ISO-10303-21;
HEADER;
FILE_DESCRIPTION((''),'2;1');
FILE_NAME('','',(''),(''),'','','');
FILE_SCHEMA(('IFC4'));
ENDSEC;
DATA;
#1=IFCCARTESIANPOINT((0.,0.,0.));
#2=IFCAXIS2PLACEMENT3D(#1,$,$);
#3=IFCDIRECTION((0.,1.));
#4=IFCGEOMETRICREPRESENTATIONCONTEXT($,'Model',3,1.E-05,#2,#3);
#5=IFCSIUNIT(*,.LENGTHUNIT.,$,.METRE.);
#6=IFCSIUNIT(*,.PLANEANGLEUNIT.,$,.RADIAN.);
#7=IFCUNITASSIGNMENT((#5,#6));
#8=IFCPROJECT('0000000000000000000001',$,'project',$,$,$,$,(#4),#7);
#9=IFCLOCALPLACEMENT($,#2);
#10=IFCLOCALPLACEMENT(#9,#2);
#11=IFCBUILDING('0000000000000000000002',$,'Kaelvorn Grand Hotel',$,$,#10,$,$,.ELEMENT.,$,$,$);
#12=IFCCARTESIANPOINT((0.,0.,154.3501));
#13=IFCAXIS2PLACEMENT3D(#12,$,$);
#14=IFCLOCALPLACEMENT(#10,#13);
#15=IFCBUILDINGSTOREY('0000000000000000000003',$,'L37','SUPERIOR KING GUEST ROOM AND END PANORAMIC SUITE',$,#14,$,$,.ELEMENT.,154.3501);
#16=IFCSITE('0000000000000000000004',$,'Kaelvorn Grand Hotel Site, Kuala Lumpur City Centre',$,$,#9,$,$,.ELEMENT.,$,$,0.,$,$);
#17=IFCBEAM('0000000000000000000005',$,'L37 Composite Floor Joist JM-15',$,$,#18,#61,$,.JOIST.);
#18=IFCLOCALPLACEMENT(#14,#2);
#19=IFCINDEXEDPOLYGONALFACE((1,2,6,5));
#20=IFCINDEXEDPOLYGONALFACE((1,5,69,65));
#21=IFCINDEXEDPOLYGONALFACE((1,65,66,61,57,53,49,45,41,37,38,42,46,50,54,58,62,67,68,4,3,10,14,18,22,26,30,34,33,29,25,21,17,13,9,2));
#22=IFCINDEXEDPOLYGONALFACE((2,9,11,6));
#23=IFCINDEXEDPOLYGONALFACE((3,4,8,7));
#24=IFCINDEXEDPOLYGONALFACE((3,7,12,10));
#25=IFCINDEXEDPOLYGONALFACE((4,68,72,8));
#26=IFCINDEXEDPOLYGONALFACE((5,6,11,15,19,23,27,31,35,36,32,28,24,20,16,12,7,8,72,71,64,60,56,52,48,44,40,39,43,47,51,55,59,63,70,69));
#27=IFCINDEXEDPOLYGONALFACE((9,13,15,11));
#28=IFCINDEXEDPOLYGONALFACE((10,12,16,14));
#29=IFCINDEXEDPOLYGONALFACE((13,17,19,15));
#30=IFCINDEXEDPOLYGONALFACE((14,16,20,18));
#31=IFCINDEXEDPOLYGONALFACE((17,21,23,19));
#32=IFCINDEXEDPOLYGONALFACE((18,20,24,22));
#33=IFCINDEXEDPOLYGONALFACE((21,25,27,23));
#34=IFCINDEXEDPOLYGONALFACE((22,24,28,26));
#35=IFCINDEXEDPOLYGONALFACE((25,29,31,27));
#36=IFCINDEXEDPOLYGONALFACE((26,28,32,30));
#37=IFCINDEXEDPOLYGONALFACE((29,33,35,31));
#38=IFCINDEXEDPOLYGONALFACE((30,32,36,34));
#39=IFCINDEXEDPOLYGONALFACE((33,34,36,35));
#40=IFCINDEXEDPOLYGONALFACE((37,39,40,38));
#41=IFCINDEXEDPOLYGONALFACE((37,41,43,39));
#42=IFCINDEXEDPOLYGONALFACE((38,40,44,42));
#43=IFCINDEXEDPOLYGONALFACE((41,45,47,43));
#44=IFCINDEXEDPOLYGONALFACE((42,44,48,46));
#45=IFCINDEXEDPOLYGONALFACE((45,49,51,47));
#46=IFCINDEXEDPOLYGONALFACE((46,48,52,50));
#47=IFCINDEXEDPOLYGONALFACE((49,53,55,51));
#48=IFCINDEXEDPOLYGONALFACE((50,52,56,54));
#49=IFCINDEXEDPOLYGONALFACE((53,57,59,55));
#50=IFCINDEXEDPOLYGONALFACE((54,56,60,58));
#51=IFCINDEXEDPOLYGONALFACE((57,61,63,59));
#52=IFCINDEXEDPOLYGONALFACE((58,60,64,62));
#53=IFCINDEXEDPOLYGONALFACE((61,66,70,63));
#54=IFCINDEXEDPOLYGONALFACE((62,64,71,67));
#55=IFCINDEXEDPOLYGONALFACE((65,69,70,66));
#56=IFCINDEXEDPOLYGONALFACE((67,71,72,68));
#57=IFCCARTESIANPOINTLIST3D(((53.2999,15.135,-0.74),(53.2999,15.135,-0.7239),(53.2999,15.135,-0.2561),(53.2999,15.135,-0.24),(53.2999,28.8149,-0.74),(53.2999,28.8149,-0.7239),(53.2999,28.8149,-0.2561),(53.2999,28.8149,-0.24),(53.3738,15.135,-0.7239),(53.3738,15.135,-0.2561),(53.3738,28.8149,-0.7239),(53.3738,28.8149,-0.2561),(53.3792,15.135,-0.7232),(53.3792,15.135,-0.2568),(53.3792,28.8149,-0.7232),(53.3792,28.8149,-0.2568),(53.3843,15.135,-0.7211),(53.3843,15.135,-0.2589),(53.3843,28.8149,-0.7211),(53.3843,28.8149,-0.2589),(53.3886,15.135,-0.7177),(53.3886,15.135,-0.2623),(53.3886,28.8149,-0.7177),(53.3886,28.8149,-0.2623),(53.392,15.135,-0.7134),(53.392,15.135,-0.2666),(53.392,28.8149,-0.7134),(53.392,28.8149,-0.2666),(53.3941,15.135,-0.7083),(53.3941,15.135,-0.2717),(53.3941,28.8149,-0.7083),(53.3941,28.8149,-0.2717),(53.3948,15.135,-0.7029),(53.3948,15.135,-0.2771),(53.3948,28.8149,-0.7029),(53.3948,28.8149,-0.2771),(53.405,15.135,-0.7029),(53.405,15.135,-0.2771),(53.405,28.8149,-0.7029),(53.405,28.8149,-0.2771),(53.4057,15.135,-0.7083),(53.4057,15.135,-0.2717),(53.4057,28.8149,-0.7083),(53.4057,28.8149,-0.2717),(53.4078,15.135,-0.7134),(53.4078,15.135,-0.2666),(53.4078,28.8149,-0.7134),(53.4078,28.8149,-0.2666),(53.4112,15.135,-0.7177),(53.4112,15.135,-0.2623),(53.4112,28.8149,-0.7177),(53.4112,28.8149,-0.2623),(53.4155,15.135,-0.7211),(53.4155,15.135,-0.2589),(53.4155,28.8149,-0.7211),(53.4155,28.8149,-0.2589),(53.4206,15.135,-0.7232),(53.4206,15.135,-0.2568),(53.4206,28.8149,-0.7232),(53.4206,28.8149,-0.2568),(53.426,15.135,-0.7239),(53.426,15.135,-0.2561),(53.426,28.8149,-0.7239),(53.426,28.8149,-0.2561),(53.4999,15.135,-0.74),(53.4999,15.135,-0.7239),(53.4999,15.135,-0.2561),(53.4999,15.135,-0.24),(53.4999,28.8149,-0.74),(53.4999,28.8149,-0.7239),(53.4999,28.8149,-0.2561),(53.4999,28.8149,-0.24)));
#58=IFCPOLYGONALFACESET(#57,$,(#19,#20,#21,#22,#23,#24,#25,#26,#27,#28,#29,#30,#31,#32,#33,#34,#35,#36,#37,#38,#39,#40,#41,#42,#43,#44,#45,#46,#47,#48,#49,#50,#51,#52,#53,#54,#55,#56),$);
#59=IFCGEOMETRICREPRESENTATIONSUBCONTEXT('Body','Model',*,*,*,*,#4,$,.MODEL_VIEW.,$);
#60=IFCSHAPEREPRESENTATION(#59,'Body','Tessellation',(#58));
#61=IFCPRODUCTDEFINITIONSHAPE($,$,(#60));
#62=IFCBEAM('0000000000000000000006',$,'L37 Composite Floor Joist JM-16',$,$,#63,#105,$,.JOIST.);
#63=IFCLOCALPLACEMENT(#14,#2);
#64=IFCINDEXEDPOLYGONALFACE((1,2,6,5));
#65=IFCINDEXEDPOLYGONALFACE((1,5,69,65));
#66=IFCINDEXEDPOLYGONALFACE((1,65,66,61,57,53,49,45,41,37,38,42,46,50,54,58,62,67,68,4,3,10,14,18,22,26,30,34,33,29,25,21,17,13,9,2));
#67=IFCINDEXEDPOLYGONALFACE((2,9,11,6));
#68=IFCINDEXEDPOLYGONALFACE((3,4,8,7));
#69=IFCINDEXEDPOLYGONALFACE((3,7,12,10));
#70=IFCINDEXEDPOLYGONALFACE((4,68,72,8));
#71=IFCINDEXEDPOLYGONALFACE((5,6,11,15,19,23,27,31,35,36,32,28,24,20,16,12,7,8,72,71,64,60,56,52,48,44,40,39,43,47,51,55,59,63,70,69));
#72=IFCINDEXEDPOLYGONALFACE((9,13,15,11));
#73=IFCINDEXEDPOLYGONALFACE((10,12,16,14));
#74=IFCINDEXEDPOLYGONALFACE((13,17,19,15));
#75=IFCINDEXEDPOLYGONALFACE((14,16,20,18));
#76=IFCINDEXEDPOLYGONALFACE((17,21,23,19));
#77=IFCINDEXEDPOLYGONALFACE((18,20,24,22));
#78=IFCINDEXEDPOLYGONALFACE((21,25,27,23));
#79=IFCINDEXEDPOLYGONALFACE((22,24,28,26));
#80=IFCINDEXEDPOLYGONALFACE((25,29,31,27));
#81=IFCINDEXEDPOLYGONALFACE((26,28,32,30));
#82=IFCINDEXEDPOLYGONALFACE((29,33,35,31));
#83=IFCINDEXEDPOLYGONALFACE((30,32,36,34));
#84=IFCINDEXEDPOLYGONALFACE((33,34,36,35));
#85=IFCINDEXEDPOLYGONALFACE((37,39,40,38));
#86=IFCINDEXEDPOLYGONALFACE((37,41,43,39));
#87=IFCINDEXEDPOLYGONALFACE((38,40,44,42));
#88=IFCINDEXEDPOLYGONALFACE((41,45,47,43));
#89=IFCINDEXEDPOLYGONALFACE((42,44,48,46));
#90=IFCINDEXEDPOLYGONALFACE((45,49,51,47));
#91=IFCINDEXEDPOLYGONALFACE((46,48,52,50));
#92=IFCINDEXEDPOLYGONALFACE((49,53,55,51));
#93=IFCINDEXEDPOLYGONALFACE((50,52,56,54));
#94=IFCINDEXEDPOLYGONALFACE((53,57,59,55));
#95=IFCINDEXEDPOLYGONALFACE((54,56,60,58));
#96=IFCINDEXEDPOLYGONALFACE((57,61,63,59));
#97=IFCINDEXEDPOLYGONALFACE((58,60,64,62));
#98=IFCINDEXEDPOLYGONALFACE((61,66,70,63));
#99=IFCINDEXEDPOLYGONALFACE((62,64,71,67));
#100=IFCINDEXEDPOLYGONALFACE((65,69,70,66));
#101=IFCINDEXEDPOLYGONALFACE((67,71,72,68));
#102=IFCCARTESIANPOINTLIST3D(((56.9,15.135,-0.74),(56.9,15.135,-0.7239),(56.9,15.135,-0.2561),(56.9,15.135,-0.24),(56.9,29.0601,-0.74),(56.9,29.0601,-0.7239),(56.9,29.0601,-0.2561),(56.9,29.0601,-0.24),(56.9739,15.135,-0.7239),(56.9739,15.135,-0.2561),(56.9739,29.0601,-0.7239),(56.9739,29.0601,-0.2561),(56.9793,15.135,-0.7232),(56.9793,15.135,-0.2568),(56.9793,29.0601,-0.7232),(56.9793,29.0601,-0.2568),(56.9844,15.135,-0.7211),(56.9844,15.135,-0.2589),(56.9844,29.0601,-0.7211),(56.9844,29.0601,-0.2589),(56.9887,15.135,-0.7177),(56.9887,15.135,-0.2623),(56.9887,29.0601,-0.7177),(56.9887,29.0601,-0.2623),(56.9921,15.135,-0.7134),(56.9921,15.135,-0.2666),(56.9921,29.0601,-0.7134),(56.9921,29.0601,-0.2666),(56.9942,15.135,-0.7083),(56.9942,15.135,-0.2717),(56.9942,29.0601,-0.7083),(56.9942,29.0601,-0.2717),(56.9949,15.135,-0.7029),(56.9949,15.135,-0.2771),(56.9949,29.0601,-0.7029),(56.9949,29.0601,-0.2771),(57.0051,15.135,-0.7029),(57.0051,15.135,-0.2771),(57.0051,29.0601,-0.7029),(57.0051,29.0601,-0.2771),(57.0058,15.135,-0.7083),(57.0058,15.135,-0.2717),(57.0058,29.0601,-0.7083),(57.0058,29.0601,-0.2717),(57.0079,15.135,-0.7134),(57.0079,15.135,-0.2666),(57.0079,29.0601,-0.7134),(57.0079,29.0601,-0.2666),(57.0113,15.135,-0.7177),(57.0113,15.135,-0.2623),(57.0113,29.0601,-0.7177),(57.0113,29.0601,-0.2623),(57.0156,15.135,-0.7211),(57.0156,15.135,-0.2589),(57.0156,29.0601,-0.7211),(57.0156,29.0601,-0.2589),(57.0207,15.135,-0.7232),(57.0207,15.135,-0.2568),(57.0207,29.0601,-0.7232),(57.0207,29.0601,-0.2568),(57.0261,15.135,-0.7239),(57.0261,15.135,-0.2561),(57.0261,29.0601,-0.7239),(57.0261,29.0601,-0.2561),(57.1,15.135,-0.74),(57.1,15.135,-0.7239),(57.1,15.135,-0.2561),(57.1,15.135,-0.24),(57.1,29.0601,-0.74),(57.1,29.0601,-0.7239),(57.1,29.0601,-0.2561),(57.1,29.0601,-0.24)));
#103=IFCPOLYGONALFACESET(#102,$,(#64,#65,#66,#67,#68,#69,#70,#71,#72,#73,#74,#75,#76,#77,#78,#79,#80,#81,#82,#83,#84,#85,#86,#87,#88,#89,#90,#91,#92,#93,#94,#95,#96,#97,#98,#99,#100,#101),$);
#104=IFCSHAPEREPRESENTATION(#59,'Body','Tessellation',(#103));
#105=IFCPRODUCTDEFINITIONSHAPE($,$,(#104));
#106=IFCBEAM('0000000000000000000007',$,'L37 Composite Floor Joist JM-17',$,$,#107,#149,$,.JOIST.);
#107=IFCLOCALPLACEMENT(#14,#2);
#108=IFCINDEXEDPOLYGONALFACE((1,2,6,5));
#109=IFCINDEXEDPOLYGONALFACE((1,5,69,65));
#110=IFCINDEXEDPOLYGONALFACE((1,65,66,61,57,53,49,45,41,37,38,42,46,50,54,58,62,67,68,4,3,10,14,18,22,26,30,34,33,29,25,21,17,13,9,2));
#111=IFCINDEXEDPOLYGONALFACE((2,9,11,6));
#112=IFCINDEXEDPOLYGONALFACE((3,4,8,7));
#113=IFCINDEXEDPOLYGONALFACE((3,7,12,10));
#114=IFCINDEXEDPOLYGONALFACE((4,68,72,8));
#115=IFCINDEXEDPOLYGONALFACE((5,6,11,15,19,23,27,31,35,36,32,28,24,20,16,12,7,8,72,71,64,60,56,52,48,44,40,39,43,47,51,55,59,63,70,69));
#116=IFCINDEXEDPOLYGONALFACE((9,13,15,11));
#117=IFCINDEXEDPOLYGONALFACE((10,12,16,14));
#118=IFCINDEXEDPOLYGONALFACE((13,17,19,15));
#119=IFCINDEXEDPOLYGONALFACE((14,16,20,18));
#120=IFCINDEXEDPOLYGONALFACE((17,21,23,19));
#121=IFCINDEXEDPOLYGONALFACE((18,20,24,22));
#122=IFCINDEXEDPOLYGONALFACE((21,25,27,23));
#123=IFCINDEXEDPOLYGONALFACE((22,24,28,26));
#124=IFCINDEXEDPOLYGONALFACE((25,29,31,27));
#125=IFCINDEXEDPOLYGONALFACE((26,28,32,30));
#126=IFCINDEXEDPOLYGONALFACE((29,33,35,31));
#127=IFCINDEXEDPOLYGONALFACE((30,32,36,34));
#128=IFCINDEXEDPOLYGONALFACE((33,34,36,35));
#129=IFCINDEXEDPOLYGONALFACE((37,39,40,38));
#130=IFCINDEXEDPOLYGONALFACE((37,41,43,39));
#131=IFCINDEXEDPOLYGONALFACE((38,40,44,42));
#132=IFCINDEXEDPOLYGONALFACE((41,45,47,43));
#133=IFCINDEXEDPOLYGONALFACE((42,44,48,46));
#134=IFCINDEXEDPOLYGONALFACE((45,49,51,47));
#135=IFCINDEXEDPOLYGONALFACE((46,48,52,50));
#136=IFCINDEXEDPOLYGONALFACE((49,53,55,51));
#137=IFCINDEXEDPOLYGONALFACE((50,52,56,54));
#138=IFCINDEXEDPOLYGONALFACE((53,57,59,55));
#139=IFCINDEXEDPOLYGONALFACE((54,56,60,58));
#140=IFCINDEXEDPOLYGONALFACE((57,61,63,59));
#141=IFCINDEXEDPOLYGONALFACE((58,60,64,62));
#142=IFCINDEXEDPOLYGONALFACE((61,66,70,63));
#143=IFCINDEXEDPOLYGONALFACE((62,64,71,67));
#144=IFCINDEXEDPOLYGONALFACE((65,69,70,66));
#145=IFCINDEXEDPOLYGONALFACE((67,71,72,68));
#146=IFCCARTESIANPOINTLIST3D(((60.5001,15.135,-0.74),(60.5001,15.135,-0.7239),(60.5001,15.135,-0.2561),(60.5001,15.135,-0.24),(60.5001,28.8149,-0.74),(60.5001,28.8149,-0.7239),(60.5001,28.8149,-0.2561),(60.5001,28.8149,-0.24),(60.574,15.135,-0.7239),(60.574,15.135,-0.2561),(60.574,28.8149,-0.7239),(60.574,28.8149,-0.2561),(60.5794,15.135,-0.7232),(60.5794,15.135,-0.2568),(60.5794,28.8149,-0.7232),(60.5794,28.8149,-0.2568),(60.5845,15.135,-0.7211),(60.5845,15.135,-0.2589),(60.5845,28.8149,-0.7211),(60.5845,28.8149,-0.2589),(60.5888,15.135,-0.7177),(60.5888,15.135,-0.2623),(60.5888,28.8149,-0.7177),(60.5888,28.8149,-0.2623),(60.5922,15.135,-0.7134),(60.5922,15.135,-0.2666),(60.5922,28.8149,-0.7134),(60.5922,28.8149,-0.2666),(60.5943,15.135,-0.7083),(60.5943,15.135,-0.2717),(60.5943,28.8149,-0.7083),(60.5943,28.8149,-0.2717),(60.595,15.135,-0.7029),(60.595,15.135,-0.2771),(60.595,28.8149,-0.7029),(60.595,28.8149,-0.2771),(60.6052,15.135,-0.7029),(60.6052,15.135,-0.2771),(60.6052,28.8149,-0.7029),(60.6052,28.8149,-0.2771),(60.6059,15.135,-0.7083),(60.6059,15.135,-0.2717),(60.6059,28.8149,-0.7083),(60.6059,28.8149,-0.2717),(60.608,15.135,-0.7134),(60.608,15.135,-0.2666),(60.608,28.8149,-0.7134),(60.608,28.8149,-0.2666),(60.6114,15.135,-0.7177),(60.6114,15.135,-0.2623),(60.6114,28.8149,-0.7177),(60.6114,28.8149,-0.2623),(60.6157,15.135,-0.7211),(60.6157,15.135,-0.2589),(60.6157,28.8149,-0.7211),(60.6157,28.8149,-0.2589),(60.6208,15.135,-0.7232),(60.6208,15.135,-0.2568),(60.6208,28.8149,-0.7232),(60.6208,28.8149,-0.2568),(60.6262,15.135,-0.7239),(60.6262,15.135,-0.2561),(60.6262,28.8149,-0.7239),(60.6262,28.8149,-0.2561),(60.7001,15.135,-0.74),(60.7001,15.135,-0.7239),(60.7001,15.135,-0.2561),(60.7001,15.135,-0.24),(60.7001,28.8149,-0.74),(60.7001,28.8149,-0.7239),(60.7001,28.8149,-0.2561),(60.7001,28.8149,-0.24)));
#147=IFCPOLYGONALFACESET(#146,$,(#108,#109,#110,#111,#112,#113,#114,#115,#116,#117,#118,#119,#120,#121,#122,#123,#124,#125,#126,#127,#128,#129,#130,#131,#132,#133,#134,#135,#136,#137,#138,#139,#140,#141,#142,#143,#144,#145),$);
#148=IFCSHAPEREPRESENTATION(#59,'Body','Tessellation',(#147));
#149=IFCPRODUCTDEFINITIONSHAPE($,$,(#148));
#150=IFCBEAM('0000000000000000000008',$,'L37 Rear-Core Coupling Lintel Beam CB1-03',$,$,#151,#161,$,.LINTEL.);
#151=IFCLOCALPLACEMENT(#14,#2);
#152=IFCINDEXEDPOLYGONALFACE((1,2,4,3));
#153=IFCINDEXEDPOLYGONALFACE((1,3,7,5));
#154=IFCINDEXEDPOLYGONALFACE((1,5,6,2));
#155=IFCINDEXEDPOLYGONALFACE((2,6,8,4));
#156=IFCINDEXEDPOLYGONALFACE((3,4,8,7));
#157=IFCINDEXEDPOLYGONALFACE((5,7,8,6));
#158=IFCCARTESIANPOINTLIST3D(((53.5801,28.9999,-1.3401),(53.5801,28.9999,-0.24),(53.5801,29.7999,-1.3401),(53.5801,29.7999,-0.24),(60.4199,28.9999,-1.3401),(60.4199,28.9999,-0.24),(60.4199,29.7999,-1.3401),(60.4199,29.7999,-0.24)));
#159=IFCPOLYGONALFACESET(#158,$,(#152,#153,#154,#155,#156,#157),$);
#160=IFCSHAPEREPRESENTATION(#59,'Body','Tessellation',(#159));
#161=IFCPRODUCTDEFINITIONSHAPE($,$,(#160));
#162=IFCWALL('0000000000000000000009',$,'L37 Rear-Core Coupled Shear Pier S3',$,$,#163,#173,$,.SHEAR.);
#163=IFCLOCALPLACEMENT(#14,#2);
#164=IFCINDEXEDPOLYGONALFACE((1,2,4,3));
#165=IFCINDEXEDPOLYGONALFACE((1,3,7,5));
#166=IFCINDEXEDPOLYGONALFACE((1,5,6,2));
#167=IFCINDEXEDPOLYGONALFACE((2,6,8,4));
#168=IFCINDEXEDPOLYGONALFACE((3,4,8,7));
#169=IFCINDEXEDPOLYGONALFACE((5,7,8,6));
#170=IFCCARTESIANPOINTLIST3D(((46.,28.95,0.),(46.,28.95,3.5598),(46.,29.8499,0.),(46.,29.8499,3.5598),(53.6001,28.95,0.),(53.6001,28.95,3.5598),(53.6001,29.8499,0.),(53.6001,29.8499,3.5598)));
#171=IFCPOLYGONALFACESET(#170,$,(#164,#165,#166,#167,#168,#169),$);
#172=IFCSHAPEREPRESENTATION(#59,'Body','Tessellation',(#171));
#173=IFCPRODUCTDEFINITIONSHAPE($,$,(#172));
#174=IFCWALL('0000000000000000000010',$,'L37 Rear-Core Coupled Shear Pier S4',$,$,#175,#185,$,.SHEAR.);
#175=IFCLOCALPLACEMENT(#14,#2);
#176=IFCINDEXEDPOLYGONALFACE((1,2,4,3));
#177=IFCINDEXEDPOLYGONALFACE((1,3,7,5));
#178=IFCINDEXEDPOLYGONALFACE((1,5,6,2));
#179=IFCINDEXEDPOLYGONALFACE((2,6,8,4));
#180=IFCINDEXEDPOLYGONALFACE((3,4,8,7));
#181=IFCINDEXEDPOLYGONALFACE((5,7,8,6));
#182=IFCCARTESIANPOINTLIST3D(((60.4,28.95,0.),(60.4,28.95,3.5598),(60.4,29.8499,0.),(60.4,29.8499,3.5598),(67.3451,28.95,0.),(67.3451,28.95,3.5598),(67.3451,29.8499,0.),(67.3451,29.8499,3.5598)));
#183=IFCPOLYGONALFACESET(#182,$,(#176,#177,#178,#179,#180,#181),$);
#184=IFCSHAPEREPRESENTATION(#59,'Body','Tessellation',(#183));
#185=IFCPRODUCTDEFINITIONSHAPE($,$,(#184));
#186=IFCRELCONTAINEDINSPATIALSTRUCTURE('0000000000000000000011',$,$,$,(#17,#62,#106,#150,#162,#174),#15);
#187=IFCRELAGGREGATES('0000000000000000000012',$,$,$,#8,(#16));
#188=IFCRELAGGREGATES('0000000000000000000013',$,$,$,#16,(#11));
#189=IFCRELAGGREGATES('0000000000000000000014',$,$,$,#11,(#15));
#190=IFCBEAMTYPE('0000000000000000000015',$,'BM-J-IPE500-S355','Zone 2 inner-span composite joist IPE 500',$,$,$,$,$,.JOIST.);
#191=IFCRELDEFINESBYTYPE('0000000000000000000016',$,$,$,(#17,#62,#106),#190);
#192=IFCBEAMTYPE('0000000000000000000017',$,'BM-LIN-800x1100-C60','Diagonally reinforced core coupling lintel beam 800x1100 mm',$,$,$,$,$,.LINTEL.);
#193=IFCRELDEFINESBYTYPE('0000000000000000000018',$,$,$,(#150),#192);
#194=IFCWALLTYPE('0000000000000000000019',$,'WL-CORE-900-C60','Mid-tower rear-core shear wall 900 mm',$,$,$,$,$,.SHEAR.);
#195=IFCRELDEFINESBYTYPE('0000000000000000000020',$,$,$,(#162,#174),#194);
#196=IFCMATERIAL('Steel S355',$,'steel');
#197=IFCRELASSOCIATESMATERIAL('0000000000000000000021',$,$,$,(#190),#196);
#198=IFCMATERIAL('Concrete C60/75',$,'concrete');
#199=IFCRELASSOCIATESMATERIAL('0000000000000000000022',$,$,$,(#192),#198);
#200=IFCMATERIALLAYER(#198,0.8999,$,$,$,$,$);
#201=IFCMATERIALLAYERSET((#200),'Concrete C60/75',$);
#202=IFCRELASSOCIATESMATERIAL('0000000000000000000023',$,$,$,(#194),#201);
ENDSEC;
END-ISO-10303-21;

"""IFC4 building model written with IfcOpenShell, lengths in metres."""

from ifc_helpers import new_model, si_unit, direction, frame, frame_2d, origin, origin_2d, place, context, subcontext, project, spatial, rectangle, i_section, extrude, material, layer, layer_set, material_profile, profile_set, type_object, element, save


model = new_model("IFC4")

# Units and contexts
model_context = context("Model", 3, precision=1e-05, world=origin(), true_north=direction((0.0, 1.0)))
body_context = subcontext(model_context, "Body", "Model", "MODEL_VIEW")
ifc_project = project(units=[si_unit("LENGTHUNIT", "METRE"), si_unit("PLANEANGLEUNIT", "RADIAN")], contexts=[model_context])

# Site, building, storey
site_placement = place(None, origin())
site = spatial("IfcSite", under=ifc_project, at=site_placement, Name="Kaelvorn Grand Hotel Site, Kuala Lumpur City Centre", CompositionType="ELEMENT", RefElevation=0.0)
building_placement = place(site_placement, origin())
building = spatial("IfcBuilding", under=site, at=building_placement, Name="Kaelvorn Grand Hotel", CompositionType="ELEMENT")
storey_placement = place(building_placement, frame((0.0, 0.0, 154.3501)))
storey = spatial("IfcBuildingStorey", under=building, at=storey_placement, Name="L37", Description="SUPERIOR KING GUEST ROOM AND END PANORAMIC SUITE", CompositionType="ELEMENT", Elevation=154.3501)

# Shared definitions
ifc_material_1 = material(Name="Concrete C60/75", Category="concrete")

# Beams
ifc_material_2 = material(Name="Steel S355", Category="steel")
ifc_material_profile_1 = material_profile(ifc_material_2, i_section(OverallWidth=0.2, OverallDepth=0.5, WebThickness=0.0103, FlangeThickness=0.0161, FilletRadius=0.021, at=origin_2d()), Name="IPE 500")
ifc_profile_set_1 = profile_set([ifc_material_profile_1], Name="Steel S355")
beam_type_1 = type_object("IfcBeamType", Name="BM-J-IPE500-S355", Description="Zone 2 inner-span composite joist IPE 500", PredefinedType="JOIST", material=ifc_profile_set_1)
beam_1_placement = place(storey_placement, frame((53.3999, 15.135, -0.49), z_axis=(0.0, 1.0, 0.0), x_axis=(-1.0, 0.0, 0.0)))
element("IfcBeam", 1, at=beam_1_placement, inside=storey, type_object=beam_type_1, Name="L37 Composite Floor Joist JM-15", PredefinedType="JOIST", context=body_context, shape_type="SweptSolid", body=[
    extrude(i_section(OverallWidth=0.2, OverallDepth=0.5, WebThickness=0.0103, FlangeThickness=0.0161, FilletRadius=0.021, at=origin_2d()), origin(), (0.0, 0.0, 1.0), 13.6799),
])
beam_2_placement = place(storey_placement, frame((57.0, 15.135, -0.49), z_axis=(0.0, 1.0, 0.0), x_axis=(-1.0, 0.0, 0.0)))
element("IfcBeam", 2, at=beam_2_placement, inside=storey, type_object=beam_type_1, Name="L37 Composite Floor Joist JM-16", PredefinedType="JOIST", context=body_context, shape_type="SweptSolid", body=[
    extrude(i_section(OverallWidth=0.2, OverallDepth=0.5, WebThickness=0.0103, FlangeThickness=0.0161, FilletRadius=0.021, at=origin_2d()), origin(), (0.0, 0.0, 1.0), 13.925),
])
beam_3_placement = place(storey_placement, frame((60.6001, 15.135, -0.49), z_axis=(0.0, 1.0, 0.0), x_axis=(-1.0, 0.0, 0.0)))
element("IfcBeam", 3, at=beam_3_placement, inside=storey, type_object=beam_type_1, Name="L37 Composite Floor Joist JM-17", PredefinedType="JOIST", context=body_context, shape_type="SweptSolid", body=[
    extrude(i_section(OverallWidth=0.2, OverallDepth=0.5, WebThickness=0.0103, FlangeThickness=0.0161, FilletRadius=0.021, at=origin_2d()), origin(), (0.0, 0.0, 1.0), 13.6799),
])
ifc_material_profile_2 = material_profile(ifc_material_1, rectangle(XDim=0.8, YDim=1.1001, at=origin_2d()), Name="RC LINTEL 800x1100")
ifc_profile_set_2 = profile_set([ifc_material_profile_2], Name="Concrete C60/75")
beam_type_2 = type_object("IfcBeamType", Name="BM-LIN-800x1100-C60", Description="Diagonally reinforced core coupling lintel beam 800x1100 mm", PredefinedType="LINTEL", material=ifc_profile_set_2)
beam_4_placement = place(storey_placement, frame((53.5801, 29.3999, -0.79), z_axis=(1.0, 0.0, 0.0), x_axis=(0.0, 1.0, 0.0)))
element("IfcBeam", 4, at=beam_4_placement, inside=storey, type_object=beam_type_2, Name="L37 Rear-Core Coupling Lintel Beam CB1-03", PredefinedType="LINTEL", context=body_context, shape_type="SweptSolid", body=[
    extrude(rectangle(XDim=0.8, YDim=1.1001, at=origin_2d()), origin(), (0.0, 0.0, 1.0), 6.8398),
])

# Walls
ifc_layer_1 = layer(ifc_material_1, 0.8999)
ifc_layer_set_1 = layer_set([ifc_layer_1], Name="Concrete C60/75")
wall_type_1 = type_object("IfcWallType", Name="WL-CORE-900-C60", Description="Mid-tower rear-core shear wall 900 mm", PredefinedType="SHEAR", material=ifc_layer_set_1)
wall_1_placement = place(storey_placement, frame((46.0, 29.3999, 0.0), z_axis=(0.0, 0.0, 1.0), x_axis=(1.0, 0.0, 0.0)))
element("IfcWall", 5, at=wall_1_placement, inside=storey, type_object=wall_type_1, Name="L37 Rear-Core Coupled Shear Pier S3", PredefinedType="SHEAR", context=body_context, shape_type="SweptSolid", body=[
    extrude(rectangle(XDim=7.6001, YDim=0.8999, at=frame_2d((3.8, 0.0))), origin(), (0.0, 0.0, 1.0), 3.5598),
])
wall_2_placement = place(storey_placement, frame((60.3999, 29.3999, 0.0), z_axis=(0.0, 0.0, 1.0), x_axis=(1.0, 0.0, 0.0)))
element("IfcWall", 6, at=wall_2_placement, inside=storey, type_object=wall_type_1, Name="L37 Rear-Core Coupled Shear Pier S4", PredefinedType="SHEAR", context=body_context, shape_type="SweptSolid", body=[
    extrude(rectangle(XDim=6.9451, YDim=0.8999, at=frame_2d((3.4727, 0.0))), origin(), (0.0, 0.0, 1.0), 3.5598),
])

save(model, "model.ifc")
